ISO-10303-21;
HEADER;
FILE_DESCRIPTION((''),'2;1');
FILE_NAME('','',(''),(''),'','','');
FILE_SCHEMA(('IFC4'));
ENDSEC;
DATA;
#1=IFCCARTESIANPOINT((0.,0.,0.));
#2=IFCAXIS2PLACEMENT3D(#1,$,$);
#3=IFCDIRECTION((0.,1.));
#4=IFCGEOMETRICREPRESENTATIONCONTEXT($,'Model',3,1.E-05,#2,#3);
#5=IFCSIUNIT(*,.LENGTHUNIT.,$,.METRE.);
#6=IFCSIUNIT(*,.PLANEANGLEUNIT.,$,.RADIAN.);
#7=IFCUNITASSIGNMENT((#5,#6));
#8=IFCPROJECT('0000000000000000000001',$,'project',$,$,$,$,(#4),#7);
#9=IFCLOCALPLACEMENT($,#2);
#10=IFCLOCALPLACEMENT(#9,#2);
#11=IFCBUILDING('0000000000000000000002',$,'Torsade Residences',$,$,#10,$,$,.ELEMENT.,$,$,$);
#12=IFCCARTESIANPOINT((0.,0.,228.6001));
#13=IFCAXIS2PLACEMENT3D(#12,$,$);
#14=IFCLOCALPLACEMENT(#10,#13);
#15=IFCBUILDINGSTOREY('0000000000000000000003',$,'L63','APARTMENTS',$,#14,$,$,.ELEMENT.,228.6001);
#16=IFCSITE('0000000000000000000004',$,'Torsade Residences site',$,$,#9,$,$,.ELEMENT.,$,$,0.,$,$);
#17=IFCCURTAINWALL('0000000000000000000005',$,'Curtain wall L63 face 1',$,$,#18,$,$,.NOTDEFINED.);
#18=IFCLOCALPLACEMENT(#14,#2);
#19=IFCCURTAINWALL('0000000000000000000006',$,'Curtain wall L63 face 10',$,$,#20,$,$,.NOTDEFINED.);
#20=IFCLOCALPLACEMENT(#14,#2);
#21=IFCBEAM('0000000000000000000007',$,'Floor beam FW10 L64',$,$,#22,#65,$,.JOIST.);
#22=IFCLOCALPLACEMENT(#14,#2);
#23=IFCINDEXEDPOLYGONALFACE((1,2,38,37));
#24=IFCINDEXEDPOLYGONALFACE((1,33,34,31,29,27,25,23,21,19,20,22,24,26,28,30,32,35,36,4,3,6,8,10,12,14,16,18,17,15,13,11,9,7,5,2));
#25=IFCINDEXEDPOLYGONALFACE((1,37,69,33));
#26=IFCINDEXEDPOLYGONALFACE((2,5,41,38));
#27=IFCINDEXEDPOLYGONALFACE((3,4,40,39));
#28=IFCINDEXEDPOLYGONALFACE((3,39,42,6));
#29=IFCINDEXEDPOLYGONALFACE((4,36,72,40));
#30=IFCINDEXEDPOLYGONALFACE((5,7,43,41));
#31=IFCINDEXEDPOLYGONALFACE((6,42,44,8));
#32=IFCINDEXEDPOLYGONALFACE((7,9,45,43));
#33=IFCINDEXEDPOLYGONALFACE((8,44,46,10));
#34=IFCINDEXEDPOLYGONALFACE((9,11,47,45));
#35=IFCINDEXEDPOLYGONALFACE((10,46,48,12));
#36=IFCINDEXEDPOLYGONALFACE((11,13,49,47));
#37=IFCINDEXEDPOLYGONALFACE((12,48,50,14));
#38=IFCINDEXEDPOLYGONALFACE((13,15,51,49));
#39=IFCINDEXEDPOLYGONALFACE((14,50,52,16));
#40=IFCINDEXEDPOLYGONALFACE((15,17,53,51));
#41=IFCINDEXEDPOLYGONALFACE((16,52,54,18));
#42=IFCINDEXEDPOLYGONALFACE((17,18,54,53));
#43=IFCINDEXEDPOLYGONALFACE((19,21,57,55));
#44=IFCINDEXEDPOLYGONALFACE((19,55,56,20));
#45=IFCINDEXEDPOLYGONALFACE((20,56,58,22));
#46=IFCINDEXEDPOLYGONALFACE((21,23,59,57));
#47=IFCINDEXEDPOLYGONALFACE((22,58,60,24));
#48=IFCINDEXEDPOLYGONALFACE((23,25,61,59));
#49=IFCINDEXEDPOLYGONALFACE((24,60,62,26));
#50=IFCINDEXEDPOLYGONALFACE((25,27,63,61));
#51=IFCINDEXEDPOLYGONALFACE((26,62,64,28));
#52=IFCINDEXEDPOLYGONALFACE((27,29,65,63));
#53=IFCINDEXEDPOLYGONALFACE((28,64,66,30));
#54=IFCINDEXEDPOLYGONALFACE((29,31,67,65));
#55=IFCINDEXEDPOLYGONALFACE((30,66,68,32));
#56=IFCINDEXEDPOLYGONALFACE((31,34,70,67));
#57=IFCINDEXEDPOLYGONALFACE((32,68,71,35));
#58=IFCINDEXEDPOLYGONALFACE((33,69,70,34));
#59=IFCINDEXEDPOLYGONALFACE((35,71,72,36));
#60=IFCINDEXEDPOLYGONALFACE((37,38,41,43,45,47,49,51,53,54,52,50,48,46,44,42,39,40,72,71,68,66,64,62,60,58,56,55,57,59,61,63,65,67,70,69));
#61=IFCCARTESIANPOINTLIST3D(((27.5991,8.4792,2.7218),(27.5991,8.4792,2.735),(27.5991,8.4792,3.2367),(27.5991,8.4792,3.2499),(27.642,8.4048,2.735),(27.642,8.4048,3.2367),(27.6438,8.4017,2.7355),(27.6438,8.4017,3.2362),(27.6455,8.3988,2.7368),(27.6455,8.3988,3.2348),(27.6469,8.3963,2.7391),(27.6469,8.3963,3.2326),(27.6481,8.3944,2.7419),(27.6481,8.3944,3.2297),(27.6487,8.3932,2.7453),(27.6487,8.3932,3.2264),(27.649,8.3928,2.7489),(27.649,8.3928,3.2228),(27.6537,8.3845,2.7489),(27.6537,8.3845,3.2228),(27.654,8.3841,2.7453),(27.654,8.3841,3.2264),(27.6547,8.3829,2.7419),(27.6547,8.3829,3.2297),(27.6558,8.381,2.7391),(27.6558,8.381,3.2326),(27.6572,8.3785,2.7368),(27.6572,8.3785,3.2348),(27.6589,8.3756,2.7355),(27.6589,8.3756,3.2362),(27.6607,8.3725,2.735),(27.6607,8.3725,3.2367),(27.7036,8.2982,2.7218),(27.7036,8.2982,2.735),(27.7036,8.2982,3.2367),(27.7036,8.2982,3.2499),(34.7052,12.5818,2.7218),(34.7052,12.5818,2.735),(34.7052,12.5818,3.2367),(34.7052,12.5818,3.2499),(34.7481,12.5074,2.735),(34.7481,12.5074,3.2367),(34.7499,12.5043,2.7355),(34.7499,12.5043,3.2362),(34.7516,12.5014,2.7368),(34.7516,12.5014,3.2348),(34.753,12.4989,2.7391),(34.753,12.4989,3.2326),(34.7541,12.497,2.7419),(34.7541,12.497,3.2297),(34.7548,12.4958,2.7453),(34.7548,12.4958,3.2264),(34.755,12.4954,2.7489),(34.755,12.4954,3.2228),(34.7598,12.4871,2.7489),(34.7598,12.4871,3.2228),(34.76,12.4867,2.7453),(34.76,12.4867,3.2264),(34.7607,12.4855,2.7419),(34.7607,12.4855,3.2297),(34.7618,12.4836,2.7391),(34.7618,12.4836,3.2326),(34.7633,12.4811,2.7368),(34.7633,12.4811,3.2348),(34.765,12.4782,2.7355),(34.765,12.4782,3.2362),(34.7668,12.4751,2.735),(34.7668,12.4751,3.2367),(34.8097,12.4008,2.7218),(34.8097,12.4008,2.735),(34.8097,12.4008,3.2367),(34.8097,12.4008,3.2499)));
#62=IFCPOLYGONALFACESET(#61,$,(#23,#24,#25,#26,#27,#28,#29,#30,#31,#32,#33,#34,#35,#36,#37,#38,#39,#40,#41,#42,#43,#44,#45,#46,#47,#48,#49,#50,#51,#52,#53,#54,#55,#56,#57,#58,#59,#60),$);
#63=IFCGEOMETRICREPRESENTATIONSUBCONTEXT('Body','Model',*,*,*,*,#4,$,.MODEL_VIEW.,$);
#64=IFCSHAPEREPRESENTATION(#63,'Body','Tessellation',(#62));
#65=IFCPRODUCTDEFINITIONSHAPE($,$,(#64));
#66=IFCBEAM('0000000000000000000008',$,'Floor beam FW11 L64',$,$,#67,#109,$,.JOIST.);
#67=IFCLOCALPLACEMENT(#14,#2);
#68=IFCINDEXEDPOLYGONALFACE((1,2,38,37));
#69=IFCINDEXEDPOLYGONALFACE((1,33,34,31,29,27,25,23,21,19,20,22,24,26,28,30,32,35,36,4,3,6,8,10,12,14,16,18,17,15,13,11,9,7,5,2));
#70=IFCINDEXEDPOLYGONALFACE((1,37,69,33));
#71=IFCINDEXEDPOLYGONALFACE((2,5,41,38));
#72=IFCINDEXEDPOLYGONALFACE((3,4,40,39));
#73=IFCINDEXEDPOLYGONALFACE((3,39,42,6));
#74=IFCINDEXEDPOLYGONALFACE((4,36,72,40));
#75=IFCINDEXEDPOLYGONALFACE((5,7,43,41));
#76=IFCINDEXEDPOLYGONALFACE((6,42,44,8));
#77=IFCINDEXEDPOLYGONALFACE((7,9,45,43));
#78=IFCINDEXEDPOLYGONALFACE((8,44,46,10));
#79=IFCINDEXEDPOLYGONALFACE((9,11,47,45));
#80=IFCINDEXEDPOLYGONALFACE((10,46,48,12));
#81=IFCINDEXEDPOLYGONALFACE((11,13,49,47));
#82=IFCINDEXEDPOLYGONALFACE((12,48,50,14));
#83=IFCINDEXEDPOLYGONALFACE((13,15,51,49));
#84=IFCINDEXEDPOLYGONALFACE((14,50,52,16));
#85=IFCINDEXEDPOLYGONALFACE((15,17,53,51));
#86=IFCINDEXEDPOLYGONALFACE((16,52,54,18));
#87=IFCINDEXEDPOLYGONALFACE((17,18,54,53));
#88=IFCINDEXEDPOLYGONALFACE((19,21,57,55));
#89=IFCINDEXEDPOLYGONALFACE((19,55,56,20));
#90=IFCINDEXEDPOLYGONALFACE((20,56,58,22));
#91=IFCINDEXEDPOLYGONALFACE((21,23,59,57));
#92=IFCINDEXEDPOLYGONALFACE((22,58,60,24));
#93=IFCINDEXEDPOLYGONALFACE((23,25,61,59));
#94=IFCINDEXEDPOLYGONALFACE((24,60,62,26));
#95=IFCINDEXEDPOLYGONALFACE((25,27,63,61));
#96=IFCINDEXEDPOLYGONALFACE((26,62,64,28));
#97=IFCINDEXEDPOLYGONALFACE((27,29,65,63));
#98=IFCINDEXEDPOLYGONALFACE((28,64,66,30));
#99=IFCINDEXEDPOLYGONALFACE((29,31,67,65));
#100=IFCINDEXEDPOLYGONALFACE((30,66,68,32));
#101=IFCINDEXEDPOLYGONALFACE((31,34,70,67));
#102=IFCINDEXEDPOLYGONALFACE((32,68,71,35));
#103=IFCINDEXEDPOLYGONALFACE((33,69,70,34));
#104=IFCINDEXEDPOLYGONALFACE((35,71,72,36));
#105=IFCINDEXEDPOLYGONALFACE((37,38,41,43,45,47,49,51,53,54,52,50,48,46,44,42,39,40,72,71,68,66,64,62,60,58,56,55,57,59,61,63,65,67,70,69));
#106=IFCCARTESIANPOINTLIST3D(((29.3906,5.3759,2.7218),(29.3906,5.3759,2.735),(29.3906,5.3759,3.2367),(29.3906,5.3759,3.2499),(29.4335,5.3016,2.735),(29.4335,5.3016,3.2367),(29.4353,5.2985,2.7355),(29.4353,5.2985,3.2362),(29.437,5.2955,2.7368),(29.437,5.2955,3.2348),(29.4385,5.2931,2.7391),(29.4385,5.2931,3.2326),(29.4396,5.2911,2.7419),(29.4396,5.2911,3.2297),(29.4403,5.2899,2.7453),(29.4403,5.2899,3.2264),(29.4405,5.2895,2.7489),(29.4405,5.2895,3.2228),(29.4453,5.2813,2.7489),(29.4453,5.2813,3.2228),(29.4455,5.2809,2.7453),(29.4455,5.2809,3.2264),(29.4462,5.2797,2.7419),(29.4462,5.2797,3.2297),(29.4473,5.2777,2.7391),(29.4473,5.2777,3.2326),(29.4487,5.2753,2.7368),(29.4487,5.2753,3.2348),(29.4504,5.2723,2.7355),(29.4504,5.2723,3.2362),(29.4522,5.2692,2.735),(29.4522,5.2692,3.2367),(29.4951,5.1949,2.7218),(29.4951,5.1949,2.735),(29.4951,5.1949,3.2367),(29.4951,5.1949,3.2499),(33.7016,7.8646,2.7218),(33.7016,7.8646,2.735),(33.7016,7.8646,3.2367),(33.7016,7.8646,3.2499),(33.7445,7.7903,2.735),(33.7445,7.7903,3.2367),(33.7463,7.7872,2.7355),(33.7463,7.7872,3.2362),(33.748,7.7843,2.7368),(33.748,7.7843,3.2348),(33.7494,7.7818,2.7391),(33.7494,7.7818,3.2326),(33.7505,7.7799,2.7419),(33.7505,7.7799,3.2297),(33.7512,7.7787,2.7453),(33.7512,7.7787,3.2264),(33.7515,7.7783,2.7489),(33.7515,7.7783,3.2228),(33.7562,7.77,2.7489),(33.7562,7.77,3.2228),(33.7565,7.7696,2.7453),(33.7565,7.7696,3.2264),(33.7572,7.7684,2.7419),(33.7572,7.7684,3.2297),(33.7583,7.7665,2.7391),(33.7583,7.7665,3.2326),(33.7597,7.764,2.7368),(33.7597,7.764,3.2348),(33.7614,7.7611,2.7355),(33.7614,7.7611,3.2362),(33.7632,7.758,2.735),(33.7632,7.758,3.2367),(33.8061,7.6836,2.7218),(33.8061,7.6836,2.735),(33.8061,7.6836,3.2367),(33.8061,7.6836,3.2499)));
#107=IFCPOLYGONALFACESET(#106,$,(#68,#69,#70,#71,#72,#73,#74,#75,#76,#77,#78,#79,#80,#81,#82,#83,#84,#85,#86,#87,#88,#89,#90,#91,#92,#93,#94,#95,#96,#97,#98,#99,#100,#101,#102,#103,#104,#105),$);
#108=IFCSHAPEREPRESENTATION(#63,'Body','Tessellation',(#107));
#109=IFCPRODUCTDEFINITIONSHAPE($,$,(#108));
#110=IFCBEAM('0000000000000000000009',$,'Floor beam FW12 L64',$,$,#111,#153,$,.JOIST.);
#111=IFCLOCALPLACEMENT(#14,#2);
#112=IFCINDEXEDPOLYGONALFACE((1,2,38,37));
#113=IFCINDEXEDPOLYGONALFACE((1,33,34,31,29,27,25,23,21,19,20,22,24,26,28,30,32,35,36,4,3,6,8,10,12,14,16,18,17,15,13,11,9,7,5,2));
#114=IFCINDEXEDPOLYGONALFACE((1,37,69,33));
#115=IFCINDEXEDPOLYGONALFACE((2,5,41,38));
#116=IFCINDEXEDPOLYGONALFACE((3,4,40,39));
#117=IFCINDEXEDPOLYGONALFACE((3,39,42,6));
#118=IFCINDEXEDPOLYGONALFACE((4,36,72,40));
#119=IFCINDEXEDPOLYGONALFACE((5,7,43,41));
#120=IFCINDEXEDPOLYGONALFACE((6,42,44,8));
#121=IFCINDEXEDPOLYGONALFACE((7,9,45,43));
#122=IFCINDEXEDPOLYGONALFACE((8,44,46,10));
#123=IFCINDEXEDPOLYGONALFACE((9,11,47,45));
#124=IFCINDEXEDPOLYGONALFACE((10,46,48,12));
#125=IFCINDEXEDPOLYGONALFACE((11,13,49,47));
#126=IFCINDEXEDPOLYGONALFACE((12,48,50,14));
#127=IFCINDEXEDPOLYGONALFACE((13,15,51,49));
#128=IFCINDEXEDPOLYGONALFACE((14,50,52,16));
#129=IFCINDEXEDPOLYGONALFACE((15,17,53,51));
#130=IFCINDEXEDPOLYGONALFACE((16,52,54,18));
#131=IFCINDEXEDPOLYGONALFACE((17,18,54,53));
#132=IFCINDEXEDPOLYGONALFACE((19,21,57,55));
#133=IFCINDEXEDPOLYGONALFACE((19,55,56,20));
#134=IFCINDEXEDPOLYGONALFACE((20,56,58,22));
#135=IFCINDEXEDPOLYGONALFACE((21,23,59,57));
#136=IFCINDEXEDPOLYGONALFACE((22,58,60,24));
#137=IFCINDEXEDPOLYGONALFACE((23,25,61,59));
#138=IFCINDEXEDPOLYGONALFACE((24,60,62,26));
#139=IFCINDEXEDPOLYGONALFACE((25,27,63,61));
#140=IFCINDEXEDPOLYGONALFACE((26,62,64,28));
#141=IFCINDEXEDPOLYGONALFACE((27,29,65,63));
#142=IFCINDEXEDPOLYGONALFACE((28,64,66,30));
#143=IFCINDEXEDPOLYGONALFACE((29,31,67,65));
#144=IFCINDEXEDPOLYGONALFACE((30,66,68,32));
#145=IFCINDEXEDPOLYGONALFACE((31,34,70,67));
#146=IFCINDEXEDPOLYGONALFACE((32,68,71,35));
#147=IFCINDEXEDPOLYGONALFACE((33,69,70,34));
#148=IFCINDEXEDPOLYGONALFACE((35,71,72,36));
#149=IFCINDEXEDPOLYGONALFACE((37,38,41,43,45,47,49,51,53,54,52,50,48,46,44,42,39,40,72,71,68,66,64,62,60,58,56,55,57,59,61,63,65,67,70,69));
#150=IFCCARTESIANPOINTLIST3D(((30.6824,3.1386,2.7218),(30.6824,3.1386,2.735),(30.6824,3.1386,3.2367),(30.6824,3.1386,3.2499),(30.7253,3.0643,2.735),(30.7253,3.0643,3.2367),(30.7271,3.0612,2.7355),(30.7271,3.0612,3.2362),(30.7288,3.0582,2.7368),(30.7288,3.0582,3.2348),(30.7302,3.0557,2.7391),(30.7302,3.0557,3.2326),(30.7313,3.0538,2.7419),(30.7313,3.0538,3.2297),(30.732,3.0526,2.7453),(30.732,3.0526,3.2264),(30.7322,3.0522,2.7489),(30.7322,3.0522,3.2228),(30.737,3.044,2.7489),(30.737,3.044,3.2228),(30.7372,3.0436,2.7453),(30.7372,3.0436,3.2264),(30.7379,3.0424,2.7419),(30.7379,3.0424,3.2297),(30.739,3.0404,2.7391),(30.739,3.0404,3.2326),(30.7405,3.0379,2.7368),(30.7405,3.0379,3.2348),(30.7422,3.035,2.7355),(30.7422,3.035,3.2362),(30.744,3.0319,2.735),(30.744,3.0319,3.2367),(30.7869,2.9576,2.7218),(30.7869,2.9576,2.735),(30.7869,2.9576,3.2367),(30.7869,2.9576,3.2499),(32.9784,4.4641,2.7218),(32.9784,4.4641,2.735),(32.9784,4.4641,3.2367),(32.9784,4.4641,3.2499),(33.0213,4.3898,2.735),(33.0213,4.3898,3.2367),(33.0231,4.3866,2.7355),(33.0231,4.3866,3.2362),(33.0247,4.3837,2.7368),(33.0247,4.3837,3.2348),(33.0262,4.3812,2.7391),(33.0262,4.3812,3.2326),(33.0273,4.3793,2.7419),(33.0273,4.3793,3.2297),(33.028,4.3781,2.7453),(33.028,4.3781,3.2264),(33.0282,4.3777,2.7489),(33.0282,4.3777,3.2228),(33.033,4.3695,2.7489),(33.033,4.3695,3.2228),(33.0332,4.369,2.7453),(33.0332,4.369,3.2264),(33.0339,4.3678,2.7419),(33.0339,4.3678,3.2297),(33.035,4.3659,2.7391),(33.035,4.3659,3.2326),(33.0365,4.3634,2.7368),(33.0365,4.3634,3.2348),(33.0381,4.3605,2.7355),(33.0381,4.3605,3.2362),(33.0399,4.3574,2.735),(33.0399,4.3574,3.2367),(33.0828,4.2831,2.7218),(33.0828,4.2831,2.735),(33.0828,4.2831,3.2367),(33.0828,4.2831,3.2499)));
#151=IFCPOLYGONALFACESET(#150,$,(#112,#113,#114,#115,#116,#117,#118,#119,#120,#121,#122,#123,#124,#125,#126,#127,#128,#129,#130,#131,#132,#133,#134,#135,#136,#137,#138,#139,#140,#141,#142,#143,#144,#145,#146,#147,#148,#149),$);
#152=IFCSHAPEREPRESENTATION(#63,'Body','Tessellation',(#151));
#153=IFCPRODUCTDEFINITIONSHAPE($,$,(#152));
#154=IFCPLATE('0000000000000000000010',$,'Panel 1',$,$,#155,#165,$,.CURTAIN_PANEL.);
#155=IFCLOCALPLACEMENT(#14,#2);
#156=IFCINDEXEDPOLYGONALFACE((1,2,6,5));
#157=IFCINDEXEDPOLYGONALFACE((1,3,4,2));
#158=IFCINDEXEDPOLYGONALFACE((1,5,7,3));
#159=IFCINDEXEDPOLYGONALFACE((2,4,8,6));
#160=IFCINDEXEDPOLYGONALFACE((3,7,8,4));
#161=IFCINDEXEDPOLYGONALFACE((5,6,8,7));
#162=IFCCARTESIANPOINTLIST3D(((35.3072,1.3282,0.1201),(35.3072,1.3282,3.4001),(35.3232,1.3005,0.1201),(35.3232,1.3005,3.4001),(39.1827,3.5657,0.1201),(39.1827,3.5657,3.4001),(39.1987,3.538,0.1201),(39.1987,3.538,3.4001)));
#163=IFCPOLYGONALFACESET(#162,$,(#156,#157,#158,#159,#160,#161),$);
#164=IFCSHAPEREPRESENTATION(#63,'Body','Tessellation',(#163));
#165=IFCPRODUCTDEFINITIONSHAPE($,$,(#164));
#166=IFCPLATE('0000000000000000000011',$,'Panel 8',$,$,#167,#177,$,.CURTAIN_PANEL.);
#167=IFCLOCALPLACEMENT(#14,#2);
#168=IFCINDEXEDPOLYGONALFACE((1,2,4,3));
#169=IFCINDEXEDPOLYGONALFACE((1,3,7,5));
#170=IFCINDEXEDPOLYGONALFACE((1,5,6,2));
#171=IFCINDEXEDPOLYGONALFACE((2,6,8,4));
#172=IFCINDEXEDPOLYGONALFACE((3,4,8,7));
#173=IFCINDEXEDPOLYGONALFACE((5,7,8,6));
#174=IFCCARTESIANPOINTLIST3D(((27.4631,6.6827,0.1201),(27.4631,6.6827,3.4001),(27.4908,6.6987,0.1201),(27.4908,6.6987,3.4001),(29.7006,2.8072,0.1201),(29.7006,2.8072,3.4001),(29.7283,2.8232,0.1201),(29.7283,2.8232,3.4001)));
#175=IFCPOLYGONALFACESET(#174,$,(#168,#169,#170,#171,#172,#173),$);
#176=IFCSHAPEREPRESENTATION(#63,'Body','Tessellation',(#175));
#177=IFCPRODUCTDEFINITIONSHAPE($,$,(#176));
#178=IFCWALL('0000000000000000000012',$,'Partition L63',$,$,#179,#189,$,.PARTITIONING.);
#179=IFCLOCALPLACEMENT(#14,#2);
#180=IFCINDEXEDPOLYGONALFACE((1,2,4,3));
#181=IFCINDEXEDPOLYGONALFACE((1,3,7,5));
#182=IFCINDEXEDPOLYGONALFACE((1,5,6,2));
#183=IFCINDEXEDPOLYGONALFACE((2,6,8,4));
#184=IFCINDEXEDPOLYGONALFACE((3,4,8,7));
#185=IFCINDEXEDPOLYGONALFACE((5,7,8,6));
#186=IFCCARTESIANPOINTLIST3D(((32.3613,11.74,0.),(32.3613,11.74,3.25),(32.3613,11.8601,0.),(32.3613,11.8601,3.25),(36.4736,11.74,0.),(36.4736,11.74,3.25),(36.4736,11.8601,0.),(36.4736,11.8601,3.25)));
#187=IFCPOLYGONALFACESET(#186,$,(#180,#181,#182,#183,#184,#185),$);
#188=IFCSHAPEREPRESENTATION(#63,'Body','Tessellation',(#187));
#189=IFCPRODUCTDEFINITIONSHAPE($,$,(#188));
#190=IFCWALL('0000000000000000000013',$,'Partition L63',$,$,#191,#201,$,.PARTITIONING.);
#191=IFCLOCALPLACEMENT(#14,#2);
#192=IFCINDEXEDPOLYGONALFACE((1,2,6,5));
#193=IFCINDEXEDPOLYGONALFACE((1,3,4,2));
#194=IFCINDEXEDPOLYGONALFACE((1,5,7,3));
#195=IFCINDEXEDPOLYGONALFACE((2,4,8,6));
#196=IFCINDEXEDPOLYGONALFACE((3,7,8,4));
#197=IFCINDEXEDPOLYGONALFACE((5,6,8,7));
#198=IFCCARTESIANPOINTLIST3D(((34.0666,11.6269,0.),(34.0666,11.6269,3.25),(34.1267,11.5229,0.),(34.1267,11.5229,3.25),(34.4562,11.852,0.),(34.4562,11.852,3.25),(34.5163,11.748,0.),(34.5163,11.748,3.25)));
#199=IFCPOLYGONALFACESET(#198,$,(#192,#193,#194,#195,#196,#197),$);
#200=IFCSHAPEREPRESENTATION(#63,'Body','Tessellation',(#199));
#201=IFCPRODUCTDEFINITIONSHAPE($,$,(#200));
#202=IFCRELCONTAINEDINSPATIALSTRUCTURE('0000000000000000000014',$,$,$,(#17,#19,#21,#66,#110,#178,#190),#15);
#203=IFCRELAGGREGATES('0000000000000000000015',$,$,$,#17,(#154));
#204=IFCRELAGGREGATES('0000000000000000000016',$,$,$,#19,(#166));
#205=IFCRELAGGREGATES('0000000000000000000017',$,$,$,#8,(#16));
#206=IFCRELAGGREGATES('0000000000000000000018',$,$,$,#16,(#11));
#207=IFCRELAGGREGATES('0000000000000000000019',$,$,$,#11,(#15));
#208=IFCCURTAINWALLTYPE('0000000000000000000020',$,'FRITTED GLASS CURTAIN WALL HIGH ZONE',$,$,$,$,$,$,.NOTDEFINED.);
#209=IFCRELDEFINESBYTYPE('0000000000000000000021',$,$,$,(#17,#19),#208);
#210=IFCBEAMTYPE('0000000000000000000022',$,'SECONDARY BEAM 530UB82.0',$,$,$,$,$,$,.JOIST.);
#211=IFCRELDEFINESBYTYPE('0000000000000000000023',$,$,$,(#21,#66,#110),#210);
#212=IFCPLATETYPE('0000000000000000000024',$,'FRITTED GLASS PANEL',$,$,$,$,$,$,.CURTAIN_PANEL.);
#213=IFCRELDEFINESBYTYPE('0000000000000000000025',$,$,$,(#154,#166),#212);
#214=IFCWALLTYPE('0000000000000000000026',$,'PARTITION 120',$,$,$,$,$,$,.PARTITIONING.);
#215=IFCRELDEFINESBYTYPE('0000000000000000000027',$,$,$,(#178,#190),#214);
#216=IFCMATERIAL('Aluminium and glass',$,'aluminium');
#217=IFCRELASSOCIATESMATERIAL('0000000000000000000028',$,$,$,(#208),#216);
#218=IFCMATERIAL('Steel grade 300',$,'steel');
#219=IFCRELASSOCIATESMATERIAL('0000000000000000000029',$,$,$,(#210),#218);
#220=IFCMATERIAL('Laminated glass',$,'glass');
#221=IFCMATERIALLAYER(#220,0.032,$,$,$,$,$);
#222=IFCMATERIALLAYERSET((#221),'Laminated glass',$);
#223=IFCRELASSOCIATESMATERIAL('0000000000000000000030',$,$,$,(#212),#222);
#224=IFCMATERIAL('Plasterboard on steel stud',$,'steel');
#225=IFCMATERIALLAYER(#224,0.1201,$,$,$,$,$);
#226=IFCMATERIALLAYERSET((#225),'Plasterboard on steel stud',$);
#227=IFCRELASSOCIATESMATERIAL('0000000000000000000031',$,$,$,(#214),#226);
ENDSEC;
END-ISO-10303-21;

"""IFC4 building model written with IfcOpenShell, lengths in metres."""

from ifc_helpers import new_model, si_unit, direction, frame, frame_2d, origin, origin_2d, place, context, subcontext, project, spatial, rectangle, i_section, extrude, material, layer, layer_set, material_profile, profile_set, type_object, element, aggregate, save


model = new_model("IFC4")

# Units and contexts
model_context = context("Model", 3, precision=1e-05, world=origin(), true_north=direction((0.0, 1.0)))
body_context = subcontext(model_context, "Body", "Model", "MODEL_VIEW")
ifc_project = project(units=[si_unit("LENGTHUNIT", "METRE"), si_unit("PLANEANGLEUNIT", "RADIAN")], contexts=[model_context])

# Site, building, storey
site_placement = place(None, origin())
site = spatial("IfcSite", under=ifc_project, at=site_placement, Name="Torsade Residences site", CompositionType="ELEMENT", RefElevation=0.0)
building_placement = place(site_placement, origin())
building = spatial("IfcBuilding", under=site, at=building_placement, Name="Torsade Residences", CompositionType="ELEMENT")
storey_placement = place(building_placement, frame((0.0, 0.0, 228.6001)))
storey = spatial("IfcBuildingStorey", under=building, at=storey_placement, Name="L63", Description="APARTMENTS", CompositionType="ELEMENT", Elevation=228.6001)

# Curtain wall
ifc_material_1 = material(Name="Aluminium and glass", Category="aluminium")
curtain_wall_type = type_object("IfcCurtainWallType", Name="FRITTED GLASS CURTAIN WALL HIGH ZONE", PredefinedType="NOTDEFINED", material=ifc_material_1)
curtain_wall_1_placement = place(storey_placement, origin())
curtain_wall_1 = element("IfcCurtainWall", 1, at=curtain_wall_1_placement, inside=storey, type_object=curtain_wall_type, Name="Curtain wall L63 face 1", PredefinedType="NOTDEFINED")

# Curtain wall
curtain_wall_2_placement = place(storey_placement, origin())
curtain_wall_2 = element("IfcCurtainWall", 2, at=curtain_wall_2_placement, inside=storey, type_object=curtain_wall_type, Name="Curtain wall L63 face 10", PredefinedType="NOTDEFINED")

# Beams
ifc_material_2 = material(Name="Steel grade 300", Category="steel")
ifc_material_profile_1 = material_profile(ifc_material_2, i_section(OverallWidth=0.209, OverallDepth=0.5281, WebThickness=0.0095, FlangeThickness=0.0132, FilletRadius=0.0139, at=origin_2d()), Name="530UB82.0")
ifc_profile_set_1 = profile_set([ifc_material_profile_1], Name="Steel grade 300")
beam_type_1 = type_object("IfcBeamType", Name="SECONDARY BEAM 530UB82.0", PredefinedType="JOIST", material=ifc_profile_set_1)
beam_1_placement = place(storey_placement, frame((27.6514, 8.3887, 2.9858), z_axis=(0.86603, 0.499992, 0.0), x_axis=(-0.499992, 0.86603, 0.0)))
element("IfcBeam", 3, at=beam_1_placement, inside=storey, type_object=beam_type_1, Name="Floor beam FW10 L64", PredefinedType="JOIST", context=body_context, shape_type="SweptSolid", body=[
    extrude(i_section(OverallWidth=0.209, OverallDepth=0.5281, WebThickness=0.0095, FlangeThickness=0.0132, FilletRadius=0.0139, at=origin_2d()), origin(), (0.0, 0.0, 1.0), 8.2053),
])
beam_2_placement = place(storey_placement, frame((29.4429, 5.2854, 2.9858), z_axis=(0.866043, 0.499969, 0.0), x_axis=(-0.499969, 0.866043, 0.0)))
element("IfcBeam", 4, at=beam_2_placement, inside=storey, type_object=beam_type_1, Name="Floor beam FW11 L64", PredefinedType="JOIST", context=body_context, shape_type="SweptSolid", body=[
    extrude(i_section(OverallWidth=0.209, OverallDepth=0.5281, WebThickness=0.0095, FlangeThickness=0.0132, FilletRadius=0.0139, at=origin_2d()), origin(), (0.0, 0.0, 1.0), 4.9778),
])
beam_3_placement = place(storey_placement, frame((30.7346, 3.0481, 2.9858), z_axis=(0.866041, 0.499972, 0.0), x_axis=(-0.499972, 0.866041, 0.0)))
element("IfcBeam", 5, at=beam_3_placement, inside=storey, type_object=beam_type_1, Name="Floor beam FW12 L64", PredefinedType="JOIST", context=body_context, shape_type="SweptSolid", body=[
    extrude(i_section(OverallWidth=0.209, OverallDepth=0.5281, WebThickness=0.0095, FlangeThickness=0.0132, FilletRadius=0.0139, at=origin_2d()), origin(), (0.0, 0.0, 1.0), 2.6511),
])

# Plates
ifc_material_3 = material(Name="Laminated glass", Category="glass")
ifc_layer_1 = layer(ifc_material_3, 0.032)
ifc_layer_set_1 = layer_set([ifc_layer_1], Name="Laminated glass")
plate_type = type_object("IfcPlateType", Name="FRITTED GLASS PANEL", PredefinedType="CURTAIN_PANEL", material=ifc_layer_set_1)
plate_1_placement = place(storey_placement, frame((37.2529, 2.4331, 0.1201), z_axis=(0.0, 0.0, 1.0), x_axis=(0.866025, 0.5, 0.0)))
plate_1 = element("IfcPlate", 6, at=plate_1_placement, type_object=plate_type, Name="Panel 1", PredefinedType="CURTAIN_PANEL", context=body_context, shape_type="SweptSolid", body=[
    extrude(rectangle(XDim=4.4751, YDim=0.032, at=origin_2d()), origin(), (0.0, 0.0, 1.0), 3.28),
])
aggregate(curtain_wall_1, [plate_1])
plate_2_placement = place(storey_placement, frame((28.5957, 4.7529, 0.1201), z_axis=(0.0, 0.0, 1.0), x_axis=(0.5, -0.866025, 0.0)))
plate_2 = element("IfcPlate", 7, at=plate_2_placement, type_object=plate_type, Name="Panel 8", PredefinedType="CURTAIN_PANEL", context=body_context, shape_type="SweptSolid", body=[
    extrude(rectangle(XDim=4.4751, YDim=0.032, at=origin_2d()), origin(), (0.0, 0.0, 1.0), 3.28),
])
aggregate(curtain_wall_2, [plate_2])

# Walls
ifc_material_4 = material(Name="Plasterboard on steel stud", Category="steel")
ifc_layer_2 = layer(ifc_material_4, 0.1201)
ifc_layer_set_2 = layer_set([ifc_layer_2], Name="Plasterboard on steel stud")
wall_type_1 = type_object("IfcWallType", Name="PARTITION 120", PredefinedType="PARTITIONING", material=ifc_layer_set_2)
wall_1_placement = place(storey_placement, frame((36.4736, 11.8, 0.0), z_axis=(0.0, 0.0, 1.0), x_axis=(-1.0, 0.0, 0.0)))
element("IfcWall", 8, at=wall_1_placement, inside=storey, type_object=wall_type_1, Name="Partition L63", PredefinedType="PARTITIONING", context=body_context, shape_type="SweptSolid", body=[
    extrude(rectangle(XDim=4.1123, YDim=0.1201, at=frame_2d((2.0562, 0.0))), origin(), (0.0, 0.0, 1.0), 3.25),
])
wall_2_placement = place(storey_placement, frame((34.4863, 11.8, 0.0), z_axis=(0.0, 0.0, 1.0), x_axis=(-0.865896, -0.500223, 0.0)))
element("IfcWall", 9, at=wall_2_placement, inside=storey, type_object=wall_type_1, Name="Partition L63", PredefinedType="PARTITIONING", context=body_context, shape_type="SweptSolid", body=[
    extrude(rectangle(XDim=0.45, YDim=0.1201, at=frame_2d((0.2251, 0.0))), origin(), (0.0, 0.0, 1.0), 3.25),
])

save(model, "model.ifc")
